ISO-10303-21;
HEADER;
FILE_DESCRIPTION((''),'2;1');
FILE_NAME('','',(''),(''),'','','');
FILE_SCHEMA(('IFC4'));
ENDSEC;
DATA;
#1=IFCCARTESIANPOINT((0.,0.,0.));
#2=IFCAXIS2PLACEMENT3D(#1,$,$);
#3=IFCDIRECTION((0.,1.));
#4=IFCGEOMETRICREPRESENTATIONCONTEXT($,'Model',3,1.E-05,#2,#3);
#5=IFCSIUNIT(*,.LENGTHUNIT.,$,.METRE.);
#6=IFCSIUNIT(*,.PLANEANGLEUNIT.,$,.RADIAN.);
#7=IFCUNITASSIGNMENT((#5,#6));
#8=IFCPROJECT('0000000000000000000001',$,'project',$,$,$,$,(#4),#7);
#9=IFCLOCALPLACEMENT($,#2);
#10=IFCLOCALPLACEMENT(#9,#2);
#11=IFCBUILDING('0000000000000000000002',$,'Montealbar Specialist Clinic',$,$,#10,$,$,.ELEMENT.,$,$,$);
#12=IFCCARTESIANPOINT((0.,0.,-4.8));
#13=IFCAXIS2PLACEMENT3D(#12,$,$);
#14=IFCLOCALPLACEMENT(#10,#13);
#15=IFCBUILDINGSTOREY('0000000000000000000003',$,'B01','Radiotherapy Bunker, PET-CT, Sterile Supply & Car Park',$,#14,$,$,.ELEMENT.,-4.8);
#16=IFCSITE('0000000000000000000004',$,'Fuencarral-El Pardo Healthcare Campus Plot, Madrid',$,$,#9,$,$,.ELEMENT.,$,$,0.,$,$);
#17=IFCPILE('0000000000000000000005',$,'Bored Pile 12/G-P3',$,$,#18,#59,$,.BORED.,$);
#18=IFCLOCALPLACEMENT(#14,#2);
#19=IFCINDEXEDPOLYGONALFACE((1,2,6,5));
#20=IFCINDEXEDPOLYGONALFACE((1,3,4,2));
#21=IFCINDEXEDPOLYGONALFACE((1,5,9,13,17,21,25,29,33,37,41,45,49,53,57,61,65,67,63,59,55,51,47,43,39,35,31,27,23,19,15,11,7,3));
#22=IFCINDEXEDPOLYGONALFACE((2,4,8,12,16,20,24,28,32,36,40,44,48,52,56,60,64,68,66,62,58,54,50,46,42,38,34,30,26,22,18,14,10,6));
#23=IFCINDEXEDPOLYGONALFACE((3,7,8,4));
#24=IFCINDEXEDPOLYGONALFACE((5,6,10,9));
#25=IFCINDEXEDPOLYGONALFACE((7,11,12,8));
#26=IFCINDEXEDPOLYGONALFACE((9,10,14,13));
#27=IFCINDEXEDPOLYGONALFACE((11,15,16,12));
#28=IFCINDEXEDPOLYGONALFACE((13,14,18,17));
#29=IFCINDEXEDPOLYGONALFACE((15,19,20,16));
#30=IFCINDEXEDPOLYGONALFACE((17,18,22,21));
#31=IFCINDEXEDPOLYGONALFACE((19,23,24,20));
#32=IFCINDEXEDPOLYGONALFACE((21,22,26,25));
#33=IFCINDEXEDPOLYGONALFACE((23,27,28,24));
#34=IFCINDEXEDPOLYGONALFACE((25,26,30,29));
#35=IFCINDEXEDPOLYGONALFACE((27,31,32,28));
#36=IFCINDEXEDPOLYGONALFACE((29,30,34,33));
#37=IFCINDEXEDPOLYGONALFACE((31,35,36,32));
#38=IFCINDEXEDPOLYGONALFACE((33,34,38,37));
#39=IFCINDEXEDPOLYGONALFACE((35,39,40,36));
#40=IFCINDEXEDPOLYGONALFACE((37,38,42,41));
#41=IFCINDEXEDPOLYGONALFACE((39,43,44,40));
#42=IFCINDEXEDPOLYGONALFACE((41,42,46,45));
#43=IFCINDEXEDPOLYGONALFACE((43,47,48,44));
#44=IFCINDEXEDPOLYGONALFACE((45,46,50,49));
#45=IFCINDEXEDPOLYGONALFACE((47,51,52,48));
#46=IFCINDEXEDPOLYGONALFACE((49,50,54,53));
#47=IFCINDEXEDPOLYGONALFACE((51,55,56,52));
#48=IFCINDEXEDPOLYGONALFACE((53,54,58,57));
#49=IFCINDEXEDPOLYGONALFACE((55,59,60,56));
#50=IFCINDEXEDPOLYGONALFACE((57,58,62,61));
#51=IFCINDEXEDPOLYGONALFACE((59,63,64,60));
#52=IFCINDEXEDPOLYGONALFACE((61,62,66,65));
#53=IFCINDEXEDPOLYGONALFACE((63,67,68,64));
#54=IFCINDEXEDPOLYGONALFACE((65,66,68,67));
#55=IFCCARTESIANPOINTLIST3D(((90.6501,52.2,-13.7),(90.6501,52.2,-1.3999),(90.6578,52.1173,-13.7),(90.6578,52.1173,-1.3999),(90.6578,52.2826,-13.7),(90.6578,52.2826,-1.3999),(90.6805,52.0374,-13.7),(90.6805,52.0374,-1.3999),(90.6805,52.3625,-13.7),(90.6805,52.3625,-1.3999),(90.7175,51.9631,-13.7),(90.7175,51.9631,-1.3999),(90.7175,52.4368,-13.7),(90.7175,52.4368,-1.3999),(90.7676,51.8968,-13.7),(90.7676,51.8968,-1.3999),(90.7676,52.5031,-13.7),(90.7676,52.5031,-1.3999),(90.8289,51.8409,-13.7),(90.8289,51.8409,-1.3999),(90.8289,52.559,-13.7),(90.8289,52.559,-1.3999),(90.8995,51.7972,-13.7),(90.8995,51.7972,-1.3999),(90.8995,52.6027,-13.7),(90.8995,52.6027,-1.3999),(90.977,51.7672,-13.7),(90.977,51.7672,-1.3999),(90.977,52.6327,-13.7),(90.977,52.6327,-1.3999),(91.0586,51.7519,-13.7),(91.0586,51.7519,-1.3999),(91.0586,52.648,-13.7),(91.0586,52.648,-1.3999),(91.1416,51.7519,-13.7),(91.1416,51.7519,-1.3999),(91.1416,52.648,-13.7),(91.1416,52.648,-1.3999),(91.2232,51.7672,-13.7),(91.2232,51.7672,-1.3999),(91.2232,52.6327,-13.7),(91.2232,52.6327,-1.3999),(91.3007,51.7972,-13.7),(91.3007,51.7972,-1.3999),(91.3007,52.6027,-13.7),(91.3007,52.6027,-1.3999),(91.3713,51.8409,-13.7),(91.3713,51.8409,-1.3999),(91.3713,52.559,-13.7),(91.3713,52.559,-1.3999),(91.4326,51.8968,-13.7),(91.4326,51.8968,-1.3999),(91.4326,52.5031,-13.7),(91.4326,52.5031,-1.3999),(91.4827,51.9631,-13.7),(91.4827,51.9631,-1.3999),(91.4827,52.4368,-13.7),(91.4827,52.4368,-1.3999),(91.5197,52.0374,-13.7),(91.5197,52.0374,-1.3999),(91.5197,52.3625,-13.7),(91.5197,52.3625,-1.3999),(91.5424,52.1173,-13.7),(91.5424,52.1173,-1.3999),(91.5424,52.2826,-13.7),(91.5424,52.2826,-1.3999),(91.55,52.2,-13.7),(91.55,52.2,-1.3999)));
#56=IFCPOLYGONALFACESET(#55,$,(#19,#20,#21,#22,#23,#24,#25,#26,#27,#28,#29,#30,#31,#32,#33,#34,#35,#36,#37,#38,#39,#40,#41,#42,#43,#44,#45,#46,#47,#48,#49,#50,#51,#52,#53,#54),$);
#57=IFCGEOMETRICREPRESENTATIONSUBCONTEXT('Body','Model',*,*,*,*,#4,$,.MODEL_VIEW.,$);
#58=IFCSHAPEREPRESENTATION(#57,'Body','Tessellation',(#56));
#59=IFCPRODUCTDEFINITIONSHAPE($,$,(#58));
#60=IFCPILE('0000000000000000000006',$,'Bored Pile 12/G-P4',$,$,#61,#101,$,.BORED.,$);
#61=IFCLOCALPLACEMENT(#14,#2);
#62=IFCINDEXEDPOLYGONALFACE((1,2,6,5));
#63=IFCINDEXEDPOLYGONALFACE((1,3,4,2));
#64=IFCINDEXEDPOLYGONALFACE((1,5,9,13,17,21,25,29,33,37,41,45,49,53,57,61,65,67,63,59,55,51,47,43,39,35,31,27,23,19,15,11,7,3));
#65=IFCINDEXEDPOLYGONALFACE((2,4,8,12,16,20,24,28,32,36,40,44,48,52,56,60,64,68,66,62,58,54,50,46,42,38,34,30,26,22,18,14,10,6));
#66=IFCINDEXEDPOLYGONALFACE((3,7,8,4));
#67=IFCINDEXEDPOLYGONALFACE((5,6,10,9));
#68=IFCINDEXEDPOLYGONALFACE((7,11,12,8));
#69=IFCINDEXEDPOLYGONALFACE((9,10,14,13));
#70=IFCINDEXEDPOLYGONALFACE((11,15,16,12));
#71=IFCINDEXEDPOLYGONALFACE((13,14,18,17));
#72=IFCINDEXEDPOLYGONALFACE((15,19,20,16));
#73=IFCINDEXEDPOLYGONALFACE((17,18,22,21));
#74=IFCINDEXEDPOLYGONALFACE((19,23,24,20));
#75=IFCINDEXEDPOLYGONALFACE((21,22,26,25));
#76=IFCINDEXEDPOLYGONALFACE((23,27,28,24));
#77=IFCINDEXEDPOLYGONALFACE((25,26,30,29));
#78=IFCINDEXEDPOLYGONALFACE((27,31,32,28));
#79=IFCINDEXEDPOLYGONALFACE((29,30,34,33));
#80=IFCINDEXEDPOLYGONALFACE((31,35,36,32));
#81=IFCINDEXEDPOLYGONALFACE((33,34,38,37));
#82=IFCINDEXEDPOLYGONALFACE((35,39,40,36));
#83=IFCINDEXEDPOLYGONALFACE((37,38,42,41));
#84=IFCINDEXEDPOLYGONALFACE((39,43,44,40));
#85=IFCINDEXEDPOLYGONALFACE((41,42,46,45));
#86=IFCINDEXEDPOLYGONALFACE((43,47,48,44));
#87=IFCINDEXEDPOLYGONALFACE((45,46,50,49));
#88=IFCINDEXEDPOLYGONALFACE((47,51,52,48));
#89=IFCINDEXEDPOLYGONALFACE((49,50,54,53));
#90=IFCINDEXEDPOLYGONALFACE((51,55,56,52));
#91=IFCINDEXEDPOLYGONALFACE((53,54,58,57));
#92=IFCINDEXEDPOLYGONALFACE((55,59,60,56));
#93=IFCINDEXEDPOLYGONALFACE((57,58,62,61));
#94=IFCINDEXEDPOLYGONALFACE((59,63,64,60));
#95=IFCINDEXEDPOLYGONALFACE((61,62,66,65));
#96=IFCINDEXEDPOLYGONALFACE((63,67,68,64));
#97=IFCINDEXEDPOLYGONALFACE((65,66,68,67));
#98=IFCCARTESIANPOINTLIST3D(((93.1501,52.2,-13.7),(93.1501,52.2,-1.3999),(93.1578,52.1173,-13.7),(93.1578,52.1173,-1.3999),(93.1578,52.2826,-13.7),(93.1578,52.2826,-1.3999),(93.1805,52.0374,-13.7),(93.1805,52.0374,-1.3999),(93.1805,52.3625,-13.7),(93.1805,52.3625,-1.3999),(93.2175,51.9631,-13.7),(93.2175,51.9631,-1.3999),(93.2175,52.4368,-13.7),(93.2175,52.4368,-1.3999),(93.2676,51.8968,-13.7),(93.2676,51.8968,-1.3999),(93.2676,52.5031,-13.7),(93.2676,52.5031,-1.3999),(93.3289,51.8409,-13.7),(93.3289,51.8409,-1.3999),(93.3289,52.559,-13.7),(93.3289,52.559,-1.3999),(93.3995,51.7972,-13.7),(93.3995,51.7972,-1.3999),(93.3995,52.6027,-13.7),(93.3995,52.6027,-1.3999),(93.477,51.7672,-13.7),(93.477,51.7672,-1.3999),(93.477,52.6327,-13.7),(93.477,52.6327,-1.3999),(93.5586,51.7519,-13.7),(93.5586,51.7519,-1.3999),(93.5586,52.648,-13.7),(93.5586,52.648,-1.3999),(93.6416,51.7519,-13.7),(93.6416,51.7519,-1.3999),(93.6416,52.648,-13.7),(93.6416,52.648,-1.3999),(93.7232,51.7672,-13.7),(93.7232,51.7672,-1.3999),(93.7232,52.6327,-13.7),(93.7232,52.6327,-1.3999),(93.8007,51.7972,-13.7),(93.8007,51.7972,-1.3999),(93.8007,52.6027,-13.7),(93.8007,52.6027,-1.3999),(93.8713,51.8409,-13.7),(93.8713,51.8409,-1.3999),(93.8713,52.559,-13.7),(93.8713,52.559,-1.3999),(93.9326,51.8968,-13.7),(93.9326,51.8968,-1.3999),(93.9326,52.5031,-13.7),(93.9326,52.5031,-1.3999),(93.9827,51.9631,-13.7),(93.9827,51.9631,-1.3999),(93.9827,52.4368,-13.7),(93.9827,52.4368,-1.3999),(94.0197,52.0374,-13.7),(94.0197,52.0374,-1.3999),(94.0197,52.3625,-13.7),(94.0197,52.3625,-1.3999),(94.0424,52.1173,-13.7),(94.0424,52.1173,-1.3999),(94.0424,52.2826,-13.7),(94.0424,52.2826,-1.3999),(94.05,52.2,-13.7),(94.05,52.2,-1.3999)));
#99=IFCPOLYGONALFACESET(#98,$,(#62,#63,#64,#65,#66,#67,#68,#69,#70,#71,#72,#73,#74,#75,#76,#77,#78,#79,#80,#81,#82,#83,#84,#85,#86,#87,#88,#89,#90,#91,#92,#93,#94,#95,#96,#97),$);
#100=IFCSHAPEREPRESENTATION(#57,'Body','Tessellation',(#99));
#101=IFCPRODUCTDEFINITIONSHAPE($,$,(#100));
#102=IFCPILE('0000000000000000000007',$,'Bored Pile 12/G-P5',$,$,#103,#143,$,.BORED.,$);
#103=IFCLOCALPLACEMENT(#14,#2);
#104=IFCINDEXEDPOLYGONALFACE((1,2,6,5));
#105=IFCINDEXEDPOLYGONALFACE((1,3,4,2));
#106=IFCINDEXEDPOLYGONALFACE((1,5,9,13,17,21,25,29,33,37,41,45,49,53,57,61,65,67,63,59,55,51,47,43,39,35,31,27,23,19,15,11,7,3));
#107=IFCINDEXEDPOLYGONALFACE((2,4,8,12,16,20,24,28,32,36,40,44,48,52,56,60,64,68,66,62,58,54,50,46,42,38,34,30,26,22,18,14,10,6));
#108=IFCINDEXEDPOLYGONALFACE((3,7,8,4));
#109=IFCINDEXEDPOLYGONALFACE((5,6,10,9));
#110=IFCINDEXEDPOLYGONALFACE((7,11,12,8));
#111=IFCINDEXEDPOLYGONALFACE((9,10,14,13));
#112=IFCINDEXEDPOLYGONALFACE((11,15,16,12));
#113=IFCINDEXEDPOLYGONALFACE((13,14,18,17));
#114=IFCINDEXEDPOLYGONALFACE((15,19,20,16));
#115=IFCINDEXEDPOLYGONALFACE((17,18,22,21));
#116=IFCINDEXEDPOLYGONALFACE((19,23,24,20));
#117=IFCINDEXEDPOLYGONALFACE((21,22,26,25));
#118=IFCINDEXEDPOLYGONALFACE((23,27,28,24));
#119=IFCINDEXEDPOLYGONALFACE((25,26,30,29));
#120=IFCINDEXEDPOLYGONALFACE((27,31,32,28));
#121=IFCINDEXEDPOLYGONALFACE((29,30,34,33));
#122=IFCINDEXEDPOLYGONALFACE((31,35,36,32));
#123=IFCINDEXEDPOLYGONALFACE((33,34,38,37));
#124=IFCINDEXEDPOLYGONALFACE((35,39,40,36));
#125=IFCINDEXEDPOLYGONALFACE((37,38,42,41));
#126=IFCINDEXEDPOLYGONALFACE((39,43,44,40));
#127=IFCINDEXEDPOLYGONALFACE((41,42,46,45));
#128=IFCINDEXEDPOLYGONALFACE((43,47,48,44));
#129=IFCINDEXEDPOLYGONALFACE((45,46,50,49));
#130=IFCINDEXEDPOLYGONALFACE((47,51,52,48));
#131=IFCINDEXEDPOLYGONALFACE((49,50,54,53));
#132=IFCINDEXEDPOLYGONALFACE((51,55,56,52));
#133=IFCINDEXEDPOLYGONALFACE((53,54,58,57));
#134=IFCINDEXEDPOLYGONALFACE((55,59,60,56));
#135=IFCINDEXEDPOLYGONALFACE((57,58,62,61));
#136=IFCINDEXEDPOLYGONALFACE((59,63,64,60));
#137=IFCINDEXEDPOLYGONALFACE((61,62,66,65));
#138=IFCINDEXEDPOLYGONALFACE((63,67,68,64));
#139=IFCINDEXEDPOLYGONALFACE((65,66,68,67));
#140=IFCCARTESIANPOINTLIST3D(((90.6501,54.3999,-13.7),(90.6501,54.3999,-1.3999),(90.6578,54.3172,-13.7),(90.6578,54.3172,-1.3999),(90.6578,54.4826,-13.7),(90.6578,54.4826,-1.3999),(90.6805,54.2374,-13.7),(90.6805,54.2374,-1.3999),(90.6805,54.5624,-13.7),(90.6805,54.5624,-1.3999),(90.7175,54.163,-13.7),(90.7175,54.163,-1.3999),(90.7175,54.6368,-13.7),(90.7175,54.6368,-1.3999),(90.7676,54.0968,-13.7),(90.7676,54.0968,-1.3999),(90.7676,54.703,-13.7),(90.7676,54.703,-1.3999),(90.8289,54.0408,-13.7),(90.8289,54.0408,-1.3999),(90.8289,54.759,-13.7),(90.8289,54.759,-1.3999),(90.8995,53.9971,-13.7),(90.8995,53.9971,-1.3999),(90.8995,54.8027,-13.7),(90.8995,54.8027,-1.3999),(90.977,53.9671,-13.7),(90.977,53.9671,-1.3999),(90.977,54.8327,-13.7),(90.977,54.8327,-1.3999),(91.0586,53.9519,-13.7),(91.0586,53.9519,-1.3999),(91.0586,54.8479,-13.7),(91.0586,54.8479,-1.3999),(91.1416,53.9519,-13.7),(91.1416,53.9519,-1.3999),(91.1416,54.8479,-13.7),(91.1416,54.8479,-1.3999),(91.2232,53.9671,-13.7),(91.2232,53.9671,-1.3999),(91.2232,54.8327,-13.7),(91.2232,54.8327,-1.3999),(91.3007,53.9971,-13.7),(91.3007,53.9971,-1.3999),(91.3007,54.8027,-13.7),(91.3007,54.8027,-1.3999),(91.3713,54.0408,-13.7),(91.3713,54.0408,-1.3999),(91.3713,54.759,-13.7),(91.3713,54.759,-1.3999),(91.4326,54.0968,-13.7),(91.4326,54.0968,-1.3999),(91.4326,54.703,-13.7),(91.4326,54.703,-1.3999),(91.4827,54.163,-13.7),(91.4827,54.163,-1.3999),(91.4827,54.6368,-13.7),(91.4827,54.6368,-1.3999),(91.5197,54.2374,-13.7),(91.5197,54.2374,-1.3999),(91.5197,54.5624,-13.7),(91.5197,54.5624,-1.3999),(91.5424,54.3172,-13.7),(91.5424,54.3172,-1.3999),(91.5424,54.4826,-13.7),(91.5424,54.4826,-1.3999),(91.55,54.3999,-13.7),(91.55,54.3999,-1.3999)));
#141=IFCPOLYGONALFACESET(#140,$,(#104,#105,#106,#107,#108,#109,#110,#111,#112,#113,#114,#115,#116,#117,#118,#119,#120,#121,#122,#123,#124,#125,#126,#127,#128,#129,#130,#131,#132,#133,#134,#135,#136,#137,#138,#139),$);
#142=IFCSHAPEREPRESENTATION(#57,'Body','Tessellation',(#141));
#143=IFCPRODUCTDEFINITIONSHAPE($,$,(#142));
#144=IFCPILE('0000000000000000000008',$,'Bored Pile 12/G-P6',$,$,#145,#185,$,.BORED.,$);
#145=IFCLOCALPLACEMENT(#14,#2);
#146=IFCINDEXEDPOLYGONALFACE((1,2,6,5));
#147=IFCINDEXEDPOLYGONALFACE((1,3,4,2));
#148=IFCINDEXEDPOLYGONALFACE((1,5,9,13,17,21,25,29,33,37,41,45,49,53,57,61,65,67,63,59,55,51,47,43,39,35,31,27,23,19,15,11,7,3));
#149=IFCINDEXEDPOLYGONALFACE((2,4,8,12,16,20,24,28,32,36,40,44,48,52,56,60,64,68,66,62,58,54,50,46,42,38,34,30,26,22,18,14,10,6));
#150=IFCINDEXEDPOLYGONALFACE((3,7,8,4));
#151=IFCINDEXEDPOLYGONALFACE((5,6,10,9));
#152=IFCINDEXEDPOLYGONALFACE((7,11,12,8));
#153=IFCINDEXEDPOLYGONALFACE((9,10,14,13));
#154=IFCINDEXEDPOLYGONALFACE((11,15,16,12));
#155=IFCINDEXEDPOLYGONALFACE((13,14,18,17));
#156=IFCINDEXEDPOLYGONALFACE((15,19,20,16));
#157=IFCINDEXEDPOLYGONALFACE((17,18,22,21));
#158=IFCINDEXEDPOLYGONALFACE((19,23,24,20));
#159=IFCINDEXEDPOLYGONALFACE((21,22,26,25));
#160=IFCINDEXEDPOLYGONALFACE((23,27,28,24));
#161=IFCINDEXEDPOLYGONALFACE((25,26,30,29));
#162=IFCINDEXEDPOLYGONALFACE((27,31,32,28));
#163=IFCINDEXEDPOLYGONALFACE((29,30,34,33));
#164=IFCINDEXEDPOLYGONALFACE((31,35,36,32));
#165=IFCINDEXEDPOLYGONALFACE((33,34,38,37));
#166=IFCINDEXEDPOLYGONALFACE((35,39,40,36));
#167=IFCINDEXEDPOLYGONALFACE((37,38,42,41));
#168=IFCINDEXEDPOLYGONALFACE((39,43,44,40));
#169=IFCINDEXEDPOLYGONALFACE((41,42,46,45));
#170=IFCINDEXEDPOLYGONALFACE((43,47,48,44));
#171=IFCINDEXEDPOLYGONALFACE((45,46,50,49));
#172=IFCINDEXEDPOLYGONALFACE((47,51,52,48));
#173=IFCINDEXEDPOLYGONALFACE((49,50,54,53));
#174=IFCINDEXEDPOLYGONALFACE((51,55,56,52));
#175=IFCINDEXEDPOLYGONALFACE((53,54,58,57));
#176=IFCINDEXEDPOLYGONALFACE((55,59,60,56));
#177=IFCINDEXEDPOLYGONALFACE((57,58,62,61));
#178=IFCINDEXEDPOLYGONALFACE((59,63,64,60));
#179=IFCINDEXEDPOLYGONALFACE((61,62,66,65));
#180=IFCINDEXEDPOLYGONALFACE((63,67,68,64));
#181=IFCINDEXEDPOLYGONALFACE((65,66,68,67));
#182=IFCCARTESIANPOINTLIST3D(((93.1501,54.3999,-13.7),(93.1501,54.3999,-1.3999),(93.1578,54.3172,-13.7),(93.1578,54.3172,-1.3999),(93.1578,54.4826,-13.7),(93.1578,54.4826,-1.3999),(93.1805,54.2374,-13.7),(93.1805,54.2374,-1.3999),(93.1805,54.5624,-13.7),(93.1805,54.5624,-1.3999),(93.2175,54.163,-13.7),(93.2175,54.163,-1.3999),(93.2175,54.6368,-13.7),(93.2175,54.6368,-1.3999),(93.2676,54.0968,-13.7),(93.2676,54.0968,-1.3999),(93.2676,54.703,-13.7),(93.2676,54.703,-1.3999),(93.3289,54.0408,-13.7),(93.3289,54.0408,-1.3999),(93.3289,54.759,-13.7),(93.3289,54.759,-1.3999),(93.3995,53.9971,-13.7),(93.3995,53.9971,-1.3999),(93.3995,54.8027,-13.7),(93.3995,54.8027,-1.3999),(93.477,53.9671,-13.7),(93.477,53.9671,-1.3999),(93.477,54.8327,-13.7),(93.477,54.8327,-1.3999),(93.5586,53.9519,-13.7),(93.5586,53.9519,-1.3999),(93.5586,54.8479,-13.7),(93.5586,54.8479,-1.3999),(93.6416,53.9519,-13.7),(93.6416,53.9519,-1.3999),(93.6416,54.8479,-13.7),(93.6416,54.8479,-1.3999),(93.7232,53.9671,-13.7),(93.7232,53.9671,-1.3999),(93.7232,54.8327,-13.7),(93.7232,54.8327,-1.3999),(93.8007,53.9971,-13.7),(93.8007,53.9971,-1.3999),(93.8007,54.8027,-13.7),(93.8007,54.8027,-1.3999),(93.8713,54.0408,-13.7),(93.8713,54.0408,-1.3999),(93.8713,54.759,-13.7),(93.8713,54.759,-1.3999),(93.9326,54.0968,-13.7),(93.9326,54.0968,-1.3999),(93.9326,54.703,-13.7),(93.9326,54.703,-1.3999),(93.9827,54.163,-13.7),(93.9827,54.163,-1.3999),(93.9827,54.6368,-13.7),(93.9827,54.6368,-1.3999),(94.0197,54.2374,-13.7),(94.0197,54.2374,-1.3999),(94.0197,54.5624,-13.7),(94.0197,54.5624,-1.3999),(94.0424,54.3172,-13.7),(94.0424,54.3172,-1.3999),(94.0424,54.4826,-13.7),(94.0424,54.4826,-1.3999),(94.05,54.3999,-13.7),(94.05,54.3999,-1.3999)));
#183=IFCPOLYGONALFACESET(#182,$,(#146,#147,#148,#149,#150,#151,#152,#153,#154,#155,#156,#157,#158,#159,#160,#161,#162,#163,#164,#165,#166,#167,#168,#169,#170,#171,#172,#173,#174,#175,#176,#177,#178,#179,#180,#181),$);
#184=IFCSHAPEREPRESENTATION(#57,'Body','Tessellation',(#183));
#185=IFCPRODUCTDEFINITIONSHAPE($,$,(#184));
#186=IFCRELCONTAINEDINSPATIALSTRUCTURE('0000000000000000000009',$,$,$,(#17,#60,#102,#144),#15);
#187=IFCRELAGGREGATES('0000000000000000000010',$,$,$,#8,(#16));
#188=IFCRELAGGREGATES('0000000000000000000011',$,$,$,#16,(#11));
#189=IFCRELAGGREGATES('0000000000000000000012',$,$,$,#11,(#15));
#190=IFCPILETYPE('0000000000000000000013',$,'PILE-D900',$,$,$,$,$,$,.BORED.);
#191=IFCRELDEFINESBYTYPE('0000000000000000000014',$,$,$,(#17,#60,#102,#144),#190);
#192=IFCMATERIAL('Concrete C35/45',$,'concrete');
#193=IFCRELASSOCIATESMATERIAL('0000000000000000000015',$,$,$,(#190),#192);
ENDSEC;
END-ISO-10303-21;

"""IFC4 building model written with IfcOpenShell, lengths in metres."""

from ifc_helpers import new_model, si_unit, direction, frame, origin, origin_2d, place, context, subcontext, project, spatial, circle, extrude, material, material_profile, profile_set, type_object, element, save


model = new_model("IFC4")

# Units and contexts
model_context = context("Model", 3, precision=1e-05, world=origin(), true_north=direction((0.0, 1.0)))
body_context = subcontext(model_context, "Body", "Model", "MODEL_VIEW")
ifc_project = project(units=[si_unit("LENGTHUNIT", "METRE"), si_unit("PLANEANGLEUNIT", "RADIAN")], contexts=[model_context])

# Site, building, storey
site_placement = place(None, origin())
site = spatial("IfcSite", under=ifc_project, at=site_placement, Name="Fuencarral-El Pardo Healthcare Campus Plot, Madrid", CompositionType="ELEMENT", RefElevation=0.0)
building_placement = place(site_placement, origin())
building = spatial("IfcBuilding", under=site, at=building_placement, Name="Montealbar Specialist Clinic", CompositionType="ELEMENT")
storey_placement = place(building_placement, frame((0.0, 0.0, -4.8)))
storey = spatial("IfcBuildingStorey", under=building, at=storey_placement, Name="B01", Description="Radiotherapy Bunker, PET-CT, Sterile Supply & Car Park", CompositionType="ELEMENT", Elevation=-4.8)

# Shared definitions
ifc_material_1 = material(Name="Concrete C35/45", Category="concrete")

# Piles
ifc_material_profile_1 = material_profile(ifc_material_1, circle(Radius=0.45, at=origin_2d()), Name="PILE D900", Category="concrete")
ifc_profile_set_1 = profile_set([ifc_material_profile_1], Name="Concrete C35/45")
pile_type_1 = type_object("IfcPileType", Name="PILE-D900", PredefinedType="BORED", material=ifc_profile_set_1)
for number, where, z_axis, x_axis, name in (
    (1, (91.1001, 52.2, -1.3999), (0.0, 0.0, -1.0), (1.0, 0.0, 0.0), "Bored Pile 12/G-P3"),
    (2, (93.6001, 52.2, -1.3999), (0.0, 0.0, -1.0), (1.0, 0.0, 0.0), "Bored Pile 12/G-P4"),
    (3, (91.1001, 54.3999, -1.3999), (0.0, 0.0, -1.0), (1.0, 0.0, 0.0), "Bored Pile 12/G-P5"),
    (4, (93.6001, 54.3999, -1.3999), (0.0, 0.0, -1.0), (1.0, 0.0, 0.0), "Bored Pile 12/G-P6"),
):
    element("IfcPile", number, at=place(storey_placement, frame(where, z_axis=z_axis, x_axis=x_axis)), inside=storey, type_object=pile_type_1, Name=name, PredefinedType="BORED", context=body_context, shape_type="SweptSolid", body=[
        extrude(circle(Radius=0.45, at=origin_2d()), origin(), (0.0, 0.0, 1.0), 12.3),
    ])

save(model, "model.ifc")
